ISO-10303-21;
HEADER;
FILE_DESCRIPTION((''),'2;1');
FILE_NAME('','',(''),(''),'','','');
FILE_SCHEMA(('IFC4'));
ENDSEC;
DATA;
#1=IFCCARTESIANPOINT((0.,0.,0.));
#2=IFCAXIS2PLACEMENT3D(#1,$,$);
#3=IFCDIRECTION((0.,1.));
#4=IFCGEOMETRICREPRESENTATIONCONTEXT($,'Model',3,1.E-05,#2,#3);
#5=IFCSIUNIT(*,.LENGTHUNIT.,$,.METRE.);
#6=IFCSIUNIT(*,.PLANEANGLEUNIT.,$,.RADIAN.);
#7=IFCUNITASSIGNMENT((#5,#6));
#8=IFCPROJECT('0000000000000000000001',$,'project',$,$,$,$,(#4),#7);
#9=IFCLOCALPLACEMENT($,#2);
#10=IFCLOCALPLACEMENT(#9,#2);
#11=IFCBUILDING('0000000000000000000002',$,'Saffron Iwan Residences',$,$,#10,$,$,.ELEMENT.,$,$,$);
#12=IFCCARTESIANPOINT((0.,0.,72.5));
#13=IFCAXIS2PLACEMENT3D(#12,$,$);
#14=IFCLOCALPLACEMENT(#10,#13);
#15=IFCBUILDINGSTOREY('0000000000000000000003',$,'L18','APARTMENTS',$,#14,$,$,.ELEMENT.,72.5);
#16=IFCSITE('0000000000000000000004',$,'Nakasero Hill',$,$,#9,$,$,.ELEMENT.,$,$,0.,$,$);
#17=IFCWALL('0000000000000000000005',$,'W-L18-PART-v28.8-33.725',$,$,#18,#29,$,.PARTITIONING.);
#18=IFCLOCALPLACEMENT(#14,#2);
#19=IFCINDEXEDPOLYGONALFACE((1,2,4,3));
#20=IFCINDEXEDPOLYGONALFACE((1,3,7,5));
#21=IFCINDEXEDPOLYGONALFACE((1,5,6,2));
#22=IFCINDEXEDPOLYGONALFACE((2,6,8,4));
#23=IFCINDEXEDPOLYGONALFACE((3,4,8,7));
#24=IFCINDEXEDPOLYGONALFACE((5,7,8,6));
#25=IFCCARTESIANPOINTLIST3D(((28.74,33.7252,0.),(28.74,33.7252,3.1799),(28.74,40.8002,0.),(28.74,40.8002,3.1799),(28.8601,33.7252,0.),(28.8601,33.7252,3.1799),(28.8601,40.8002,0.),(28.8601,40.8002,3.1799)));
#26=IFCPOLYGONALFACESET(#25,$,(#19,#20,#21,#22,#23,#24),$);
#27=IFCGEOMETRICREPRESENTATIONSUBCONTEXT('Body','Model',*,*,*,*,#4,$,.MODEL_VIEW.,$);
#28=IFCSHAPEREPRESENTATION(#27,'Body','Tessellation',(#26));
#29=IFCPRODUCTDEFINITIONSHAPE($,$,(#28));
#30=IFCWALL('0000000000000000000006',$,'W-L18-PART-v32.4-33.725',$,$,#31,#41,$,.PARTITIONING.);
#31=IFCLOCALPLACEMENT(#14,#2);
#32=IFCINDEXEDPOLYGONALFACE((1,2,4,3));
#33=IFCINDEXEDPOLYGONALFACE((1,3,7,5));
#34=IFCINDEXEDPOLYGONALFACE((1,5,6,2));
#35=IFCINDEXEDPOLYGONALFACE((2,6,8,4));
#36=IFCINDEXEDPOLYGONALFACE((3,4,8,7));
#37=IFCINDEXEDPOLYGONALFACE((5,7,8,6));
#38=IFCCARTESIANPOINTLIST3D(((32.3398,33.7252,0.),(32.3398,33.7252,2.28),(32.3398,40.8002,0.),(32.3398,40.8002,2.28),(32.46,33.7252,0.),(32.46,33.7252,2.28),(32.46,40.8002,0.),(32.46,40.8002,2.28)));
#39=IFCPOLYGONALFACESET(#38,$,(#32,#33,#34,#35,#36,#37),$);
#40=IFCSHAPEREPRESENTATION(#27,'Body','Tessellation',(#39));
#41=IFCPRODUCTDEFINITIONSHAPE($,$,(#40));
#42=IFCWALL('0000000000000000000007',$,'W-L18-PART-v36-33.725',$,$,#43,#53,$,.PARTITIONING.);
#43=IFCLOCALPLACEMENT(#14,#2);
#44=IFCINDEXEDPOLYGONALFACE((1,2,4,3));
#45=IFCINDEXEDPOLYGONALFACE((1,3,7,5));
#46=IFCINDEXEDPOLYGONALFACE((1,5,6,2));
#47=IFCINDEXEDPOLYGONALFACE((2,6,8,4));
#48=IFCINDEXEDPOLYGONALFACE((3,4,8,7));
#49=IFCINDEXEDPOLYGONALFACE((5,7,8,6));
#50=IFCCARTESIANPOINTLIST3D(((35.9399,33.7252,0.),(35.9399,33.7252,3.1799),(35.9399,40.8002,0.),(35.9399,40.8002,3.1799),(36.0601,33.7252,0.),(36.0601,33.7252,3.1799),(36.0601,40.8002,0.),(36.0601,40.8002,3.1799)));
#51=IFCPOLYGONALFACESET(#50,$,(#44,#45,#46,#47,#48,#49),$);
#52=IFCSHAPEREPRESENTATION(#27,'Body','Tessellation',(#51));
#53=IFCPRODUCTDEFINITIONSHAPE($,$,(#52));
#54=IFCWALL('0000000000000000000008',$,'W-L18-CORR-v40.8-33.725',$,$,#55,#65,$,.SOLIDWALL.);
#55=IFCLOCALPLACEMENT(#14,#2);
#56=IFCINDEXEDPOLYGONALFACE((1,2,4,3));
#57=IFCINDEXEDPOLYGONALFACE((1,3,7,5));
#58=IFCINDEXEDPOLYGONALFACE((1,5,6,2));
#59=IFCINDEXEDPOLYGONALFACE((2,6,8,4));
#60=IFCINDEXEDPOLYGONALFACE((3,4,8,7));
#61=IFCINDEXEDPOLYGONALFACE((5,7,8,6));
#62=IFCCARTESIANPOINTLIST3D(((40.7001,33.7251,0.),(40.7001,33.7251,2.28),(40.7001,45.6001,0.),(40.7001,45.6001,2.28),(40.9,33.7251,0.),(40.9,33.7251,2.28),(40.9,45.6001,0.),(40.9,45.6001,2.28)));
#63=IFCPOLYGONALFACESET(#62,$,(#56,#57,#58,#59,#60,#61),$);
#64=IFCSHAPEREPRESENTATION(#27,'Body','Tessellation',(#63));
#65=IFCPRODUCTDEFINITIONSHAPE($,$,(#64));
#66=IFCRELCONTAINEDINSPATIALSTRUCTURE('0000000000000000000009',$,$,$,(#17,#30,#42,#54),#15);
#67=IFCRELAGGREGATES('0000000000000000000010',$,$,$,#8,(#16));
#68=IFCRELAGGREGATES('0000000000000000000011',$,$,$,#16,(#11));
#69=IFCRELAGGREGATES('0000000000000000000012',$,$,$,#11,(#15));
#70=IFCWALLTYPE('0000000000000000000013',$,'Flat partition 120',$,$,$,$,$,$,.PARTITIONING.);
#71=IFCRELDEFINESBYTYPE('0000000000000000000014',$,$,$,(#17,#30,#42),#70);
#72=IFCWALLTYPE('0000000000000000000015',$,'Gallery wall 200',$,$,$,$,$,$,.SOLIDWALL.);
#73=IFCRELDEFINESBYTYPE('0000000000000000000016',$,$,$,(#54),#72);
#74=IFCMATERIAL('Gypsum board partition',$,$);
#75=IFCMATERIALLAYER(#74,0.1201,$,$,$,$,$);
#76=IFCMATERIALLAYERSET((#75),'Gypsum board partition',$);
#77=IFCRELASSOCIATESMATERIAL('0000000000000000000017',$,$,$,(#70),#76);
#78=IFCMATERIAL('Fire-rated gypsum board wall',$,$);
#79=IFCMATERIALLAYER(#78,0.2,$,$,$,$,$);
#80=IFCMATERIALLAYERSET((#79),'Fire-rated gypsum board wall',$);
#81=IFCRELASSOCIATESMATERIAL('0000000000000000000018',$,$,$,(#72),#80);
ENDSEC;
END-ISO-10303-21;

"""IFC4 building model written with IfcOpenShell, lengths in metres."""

from ifc_helpers import new_model, si_unit, direction, frame, frame_2d, origin, place, context, subcontext, project, spatial, rectangle, extrude, material, layer, layer_set, type_object, element, save


model = new_model("IFC4")

# Units and contexts
model_context = context("Model", 3, precision=1e-05, world=origin(), true_north=direction((0.0, 1.0)))
body_context = subcontext(model_context, "Body", "Model", "MODEL_VIEW")
ifc_project = project(units=[si_unit("LENGTHUNIT", "METRE"), si_unit("PLANEANGLEUNIT", "RADIAN")], contexts=[model_context])

# Site, building, storey
site_placement = place(None, origin())
site = spatial("IfcSite", under=ifc_project, at=site_placement, Name="Nakasero Hill", CompositionType="ELEMENT", RefElevation=0.0)
building_placement = place(site_placement, origin())
building = spatial("IfcBuilding", under=site, at=building_placement, Name="Saffron Iwan Residences", CompositionType="ELEMENT")
storey_placement = place(building_placement, frame((0.0, 0.0, 72.5)))
storey = spatial("IfcBuildingStorey", under=building, at=storey_placement, Name="L18", Description="APARTMENTS", CompositionType="ELEMENT", Elevation=72.5)

# Shared definitions
ifc_material_1 = material(Name="Gypsum board partition")
ifc_layer_1 = layer(ifc_material_1, 0.1201)
ifc_layer_set_1 = layer_set([ifc_layer_1], Name="Gypsum board partition")
wall_type_1 = type_object("IfcWallType", Name="Flat partition 120", PredefinedType="PARTITIONING", material=ifc_layer_set_1)

# Walls
wall_1_placement = place(storey_placement, frame((28.8, 33.7251, 0.0), z_axis=(0.0, 0.0, 1.0), x_axis=(0.0, 1.0, 0.0)))
element("IfcWall", 1, at=wall_1_placement, inside=storey, type_object=wall_type_1, Name="W-L18-PART-v28.8-33.725", PredefinedType="PARTITIONING", context=body_context, shape_type="SweptSolid", body=[
    extrude(rectangle(XDim=7.075, YDim=0.1201, at=frame_2d((3.5376, 0.0))), origin(), (0.0, 0.0, 1.0), 3.1799),
])
wall_2_placement = place(storey_placement, frame((32.3999, 33.7251, 0.0), z_axis=(0.0, 0.0, 1.0), x_axis=(0.0, 1.0, 0.0)))
element("IfcWall", 2, at=wall_2_placement, inside=storey, type_object=wall_type_1, Name="W-L18-PART-v32.4-33.725", PredefinedType="PARTITIONING", context=body_context, shape_type="SweptSolid", body=[
    extrude(rectangle(XDim=7.075, YDim=0.1201, at=frame_2d((3.5376, 0.0))), origin(), (0.0, 0.0, 1.0), 2.28),
])
wall_3_placement = place(storey_placement, frame((36.0, 33.7251, 0.0), z_axis=(0.0, 0.0, 1.0), x_axis=(0.0, 1.0, 0.0)))
element("IfcWall", 3, at=wall_3_placement, inside=storey, type_object=wall_type_1, Name="W-L18-PART-v36-33.725", PredefinedType="PARTITIONING", context=body_context, shape_type="SweptSolid", body=[
    extrude(rectangle(XDim=7.075, YDim=0.1201, at=frame_2d((3.5376, 0.0))), origin(), (0.0, 0.0, 1.0), 3.1799),
])
ifc_material_2 = material(Name="Fire-rated gypsum board wall")
ifc_layer_2 = layer(ifc_material_2, 0.2)
ifc_layer_set_2 = layer_set([ifc_layer_2], Name="Fire-rated gypsum board wall")
wall_type_2 = type_object("IfcWallType", Name="Gallery wall 200", PredefinedType="SOLIDWALL", material=ifc_layer_set_2)
wall_4_placement = place(storey_placement, frame((40.8, 33.7251, 0.0), z_axis=(0.0, 0.0, 1.0), x_axis=(0.0, 1.0, 0.0)))
element("IfcWall", 4, at=wall_4_placement, inside=storey, type_object=wall_type_2, Name="W-L18-CORR-v40.8-33.725", PredefinedType="SOLIDWALL", context=body_context, shape_type="SweptSolid", body=[
    extrude(rectangle(XDim=11.875, YDim=0.2, at=frame_2d((5.9375, 0.0))), origin(), (0.0, 0.0, 1.0), 2.28),
])

save(model, "model.ifc")
